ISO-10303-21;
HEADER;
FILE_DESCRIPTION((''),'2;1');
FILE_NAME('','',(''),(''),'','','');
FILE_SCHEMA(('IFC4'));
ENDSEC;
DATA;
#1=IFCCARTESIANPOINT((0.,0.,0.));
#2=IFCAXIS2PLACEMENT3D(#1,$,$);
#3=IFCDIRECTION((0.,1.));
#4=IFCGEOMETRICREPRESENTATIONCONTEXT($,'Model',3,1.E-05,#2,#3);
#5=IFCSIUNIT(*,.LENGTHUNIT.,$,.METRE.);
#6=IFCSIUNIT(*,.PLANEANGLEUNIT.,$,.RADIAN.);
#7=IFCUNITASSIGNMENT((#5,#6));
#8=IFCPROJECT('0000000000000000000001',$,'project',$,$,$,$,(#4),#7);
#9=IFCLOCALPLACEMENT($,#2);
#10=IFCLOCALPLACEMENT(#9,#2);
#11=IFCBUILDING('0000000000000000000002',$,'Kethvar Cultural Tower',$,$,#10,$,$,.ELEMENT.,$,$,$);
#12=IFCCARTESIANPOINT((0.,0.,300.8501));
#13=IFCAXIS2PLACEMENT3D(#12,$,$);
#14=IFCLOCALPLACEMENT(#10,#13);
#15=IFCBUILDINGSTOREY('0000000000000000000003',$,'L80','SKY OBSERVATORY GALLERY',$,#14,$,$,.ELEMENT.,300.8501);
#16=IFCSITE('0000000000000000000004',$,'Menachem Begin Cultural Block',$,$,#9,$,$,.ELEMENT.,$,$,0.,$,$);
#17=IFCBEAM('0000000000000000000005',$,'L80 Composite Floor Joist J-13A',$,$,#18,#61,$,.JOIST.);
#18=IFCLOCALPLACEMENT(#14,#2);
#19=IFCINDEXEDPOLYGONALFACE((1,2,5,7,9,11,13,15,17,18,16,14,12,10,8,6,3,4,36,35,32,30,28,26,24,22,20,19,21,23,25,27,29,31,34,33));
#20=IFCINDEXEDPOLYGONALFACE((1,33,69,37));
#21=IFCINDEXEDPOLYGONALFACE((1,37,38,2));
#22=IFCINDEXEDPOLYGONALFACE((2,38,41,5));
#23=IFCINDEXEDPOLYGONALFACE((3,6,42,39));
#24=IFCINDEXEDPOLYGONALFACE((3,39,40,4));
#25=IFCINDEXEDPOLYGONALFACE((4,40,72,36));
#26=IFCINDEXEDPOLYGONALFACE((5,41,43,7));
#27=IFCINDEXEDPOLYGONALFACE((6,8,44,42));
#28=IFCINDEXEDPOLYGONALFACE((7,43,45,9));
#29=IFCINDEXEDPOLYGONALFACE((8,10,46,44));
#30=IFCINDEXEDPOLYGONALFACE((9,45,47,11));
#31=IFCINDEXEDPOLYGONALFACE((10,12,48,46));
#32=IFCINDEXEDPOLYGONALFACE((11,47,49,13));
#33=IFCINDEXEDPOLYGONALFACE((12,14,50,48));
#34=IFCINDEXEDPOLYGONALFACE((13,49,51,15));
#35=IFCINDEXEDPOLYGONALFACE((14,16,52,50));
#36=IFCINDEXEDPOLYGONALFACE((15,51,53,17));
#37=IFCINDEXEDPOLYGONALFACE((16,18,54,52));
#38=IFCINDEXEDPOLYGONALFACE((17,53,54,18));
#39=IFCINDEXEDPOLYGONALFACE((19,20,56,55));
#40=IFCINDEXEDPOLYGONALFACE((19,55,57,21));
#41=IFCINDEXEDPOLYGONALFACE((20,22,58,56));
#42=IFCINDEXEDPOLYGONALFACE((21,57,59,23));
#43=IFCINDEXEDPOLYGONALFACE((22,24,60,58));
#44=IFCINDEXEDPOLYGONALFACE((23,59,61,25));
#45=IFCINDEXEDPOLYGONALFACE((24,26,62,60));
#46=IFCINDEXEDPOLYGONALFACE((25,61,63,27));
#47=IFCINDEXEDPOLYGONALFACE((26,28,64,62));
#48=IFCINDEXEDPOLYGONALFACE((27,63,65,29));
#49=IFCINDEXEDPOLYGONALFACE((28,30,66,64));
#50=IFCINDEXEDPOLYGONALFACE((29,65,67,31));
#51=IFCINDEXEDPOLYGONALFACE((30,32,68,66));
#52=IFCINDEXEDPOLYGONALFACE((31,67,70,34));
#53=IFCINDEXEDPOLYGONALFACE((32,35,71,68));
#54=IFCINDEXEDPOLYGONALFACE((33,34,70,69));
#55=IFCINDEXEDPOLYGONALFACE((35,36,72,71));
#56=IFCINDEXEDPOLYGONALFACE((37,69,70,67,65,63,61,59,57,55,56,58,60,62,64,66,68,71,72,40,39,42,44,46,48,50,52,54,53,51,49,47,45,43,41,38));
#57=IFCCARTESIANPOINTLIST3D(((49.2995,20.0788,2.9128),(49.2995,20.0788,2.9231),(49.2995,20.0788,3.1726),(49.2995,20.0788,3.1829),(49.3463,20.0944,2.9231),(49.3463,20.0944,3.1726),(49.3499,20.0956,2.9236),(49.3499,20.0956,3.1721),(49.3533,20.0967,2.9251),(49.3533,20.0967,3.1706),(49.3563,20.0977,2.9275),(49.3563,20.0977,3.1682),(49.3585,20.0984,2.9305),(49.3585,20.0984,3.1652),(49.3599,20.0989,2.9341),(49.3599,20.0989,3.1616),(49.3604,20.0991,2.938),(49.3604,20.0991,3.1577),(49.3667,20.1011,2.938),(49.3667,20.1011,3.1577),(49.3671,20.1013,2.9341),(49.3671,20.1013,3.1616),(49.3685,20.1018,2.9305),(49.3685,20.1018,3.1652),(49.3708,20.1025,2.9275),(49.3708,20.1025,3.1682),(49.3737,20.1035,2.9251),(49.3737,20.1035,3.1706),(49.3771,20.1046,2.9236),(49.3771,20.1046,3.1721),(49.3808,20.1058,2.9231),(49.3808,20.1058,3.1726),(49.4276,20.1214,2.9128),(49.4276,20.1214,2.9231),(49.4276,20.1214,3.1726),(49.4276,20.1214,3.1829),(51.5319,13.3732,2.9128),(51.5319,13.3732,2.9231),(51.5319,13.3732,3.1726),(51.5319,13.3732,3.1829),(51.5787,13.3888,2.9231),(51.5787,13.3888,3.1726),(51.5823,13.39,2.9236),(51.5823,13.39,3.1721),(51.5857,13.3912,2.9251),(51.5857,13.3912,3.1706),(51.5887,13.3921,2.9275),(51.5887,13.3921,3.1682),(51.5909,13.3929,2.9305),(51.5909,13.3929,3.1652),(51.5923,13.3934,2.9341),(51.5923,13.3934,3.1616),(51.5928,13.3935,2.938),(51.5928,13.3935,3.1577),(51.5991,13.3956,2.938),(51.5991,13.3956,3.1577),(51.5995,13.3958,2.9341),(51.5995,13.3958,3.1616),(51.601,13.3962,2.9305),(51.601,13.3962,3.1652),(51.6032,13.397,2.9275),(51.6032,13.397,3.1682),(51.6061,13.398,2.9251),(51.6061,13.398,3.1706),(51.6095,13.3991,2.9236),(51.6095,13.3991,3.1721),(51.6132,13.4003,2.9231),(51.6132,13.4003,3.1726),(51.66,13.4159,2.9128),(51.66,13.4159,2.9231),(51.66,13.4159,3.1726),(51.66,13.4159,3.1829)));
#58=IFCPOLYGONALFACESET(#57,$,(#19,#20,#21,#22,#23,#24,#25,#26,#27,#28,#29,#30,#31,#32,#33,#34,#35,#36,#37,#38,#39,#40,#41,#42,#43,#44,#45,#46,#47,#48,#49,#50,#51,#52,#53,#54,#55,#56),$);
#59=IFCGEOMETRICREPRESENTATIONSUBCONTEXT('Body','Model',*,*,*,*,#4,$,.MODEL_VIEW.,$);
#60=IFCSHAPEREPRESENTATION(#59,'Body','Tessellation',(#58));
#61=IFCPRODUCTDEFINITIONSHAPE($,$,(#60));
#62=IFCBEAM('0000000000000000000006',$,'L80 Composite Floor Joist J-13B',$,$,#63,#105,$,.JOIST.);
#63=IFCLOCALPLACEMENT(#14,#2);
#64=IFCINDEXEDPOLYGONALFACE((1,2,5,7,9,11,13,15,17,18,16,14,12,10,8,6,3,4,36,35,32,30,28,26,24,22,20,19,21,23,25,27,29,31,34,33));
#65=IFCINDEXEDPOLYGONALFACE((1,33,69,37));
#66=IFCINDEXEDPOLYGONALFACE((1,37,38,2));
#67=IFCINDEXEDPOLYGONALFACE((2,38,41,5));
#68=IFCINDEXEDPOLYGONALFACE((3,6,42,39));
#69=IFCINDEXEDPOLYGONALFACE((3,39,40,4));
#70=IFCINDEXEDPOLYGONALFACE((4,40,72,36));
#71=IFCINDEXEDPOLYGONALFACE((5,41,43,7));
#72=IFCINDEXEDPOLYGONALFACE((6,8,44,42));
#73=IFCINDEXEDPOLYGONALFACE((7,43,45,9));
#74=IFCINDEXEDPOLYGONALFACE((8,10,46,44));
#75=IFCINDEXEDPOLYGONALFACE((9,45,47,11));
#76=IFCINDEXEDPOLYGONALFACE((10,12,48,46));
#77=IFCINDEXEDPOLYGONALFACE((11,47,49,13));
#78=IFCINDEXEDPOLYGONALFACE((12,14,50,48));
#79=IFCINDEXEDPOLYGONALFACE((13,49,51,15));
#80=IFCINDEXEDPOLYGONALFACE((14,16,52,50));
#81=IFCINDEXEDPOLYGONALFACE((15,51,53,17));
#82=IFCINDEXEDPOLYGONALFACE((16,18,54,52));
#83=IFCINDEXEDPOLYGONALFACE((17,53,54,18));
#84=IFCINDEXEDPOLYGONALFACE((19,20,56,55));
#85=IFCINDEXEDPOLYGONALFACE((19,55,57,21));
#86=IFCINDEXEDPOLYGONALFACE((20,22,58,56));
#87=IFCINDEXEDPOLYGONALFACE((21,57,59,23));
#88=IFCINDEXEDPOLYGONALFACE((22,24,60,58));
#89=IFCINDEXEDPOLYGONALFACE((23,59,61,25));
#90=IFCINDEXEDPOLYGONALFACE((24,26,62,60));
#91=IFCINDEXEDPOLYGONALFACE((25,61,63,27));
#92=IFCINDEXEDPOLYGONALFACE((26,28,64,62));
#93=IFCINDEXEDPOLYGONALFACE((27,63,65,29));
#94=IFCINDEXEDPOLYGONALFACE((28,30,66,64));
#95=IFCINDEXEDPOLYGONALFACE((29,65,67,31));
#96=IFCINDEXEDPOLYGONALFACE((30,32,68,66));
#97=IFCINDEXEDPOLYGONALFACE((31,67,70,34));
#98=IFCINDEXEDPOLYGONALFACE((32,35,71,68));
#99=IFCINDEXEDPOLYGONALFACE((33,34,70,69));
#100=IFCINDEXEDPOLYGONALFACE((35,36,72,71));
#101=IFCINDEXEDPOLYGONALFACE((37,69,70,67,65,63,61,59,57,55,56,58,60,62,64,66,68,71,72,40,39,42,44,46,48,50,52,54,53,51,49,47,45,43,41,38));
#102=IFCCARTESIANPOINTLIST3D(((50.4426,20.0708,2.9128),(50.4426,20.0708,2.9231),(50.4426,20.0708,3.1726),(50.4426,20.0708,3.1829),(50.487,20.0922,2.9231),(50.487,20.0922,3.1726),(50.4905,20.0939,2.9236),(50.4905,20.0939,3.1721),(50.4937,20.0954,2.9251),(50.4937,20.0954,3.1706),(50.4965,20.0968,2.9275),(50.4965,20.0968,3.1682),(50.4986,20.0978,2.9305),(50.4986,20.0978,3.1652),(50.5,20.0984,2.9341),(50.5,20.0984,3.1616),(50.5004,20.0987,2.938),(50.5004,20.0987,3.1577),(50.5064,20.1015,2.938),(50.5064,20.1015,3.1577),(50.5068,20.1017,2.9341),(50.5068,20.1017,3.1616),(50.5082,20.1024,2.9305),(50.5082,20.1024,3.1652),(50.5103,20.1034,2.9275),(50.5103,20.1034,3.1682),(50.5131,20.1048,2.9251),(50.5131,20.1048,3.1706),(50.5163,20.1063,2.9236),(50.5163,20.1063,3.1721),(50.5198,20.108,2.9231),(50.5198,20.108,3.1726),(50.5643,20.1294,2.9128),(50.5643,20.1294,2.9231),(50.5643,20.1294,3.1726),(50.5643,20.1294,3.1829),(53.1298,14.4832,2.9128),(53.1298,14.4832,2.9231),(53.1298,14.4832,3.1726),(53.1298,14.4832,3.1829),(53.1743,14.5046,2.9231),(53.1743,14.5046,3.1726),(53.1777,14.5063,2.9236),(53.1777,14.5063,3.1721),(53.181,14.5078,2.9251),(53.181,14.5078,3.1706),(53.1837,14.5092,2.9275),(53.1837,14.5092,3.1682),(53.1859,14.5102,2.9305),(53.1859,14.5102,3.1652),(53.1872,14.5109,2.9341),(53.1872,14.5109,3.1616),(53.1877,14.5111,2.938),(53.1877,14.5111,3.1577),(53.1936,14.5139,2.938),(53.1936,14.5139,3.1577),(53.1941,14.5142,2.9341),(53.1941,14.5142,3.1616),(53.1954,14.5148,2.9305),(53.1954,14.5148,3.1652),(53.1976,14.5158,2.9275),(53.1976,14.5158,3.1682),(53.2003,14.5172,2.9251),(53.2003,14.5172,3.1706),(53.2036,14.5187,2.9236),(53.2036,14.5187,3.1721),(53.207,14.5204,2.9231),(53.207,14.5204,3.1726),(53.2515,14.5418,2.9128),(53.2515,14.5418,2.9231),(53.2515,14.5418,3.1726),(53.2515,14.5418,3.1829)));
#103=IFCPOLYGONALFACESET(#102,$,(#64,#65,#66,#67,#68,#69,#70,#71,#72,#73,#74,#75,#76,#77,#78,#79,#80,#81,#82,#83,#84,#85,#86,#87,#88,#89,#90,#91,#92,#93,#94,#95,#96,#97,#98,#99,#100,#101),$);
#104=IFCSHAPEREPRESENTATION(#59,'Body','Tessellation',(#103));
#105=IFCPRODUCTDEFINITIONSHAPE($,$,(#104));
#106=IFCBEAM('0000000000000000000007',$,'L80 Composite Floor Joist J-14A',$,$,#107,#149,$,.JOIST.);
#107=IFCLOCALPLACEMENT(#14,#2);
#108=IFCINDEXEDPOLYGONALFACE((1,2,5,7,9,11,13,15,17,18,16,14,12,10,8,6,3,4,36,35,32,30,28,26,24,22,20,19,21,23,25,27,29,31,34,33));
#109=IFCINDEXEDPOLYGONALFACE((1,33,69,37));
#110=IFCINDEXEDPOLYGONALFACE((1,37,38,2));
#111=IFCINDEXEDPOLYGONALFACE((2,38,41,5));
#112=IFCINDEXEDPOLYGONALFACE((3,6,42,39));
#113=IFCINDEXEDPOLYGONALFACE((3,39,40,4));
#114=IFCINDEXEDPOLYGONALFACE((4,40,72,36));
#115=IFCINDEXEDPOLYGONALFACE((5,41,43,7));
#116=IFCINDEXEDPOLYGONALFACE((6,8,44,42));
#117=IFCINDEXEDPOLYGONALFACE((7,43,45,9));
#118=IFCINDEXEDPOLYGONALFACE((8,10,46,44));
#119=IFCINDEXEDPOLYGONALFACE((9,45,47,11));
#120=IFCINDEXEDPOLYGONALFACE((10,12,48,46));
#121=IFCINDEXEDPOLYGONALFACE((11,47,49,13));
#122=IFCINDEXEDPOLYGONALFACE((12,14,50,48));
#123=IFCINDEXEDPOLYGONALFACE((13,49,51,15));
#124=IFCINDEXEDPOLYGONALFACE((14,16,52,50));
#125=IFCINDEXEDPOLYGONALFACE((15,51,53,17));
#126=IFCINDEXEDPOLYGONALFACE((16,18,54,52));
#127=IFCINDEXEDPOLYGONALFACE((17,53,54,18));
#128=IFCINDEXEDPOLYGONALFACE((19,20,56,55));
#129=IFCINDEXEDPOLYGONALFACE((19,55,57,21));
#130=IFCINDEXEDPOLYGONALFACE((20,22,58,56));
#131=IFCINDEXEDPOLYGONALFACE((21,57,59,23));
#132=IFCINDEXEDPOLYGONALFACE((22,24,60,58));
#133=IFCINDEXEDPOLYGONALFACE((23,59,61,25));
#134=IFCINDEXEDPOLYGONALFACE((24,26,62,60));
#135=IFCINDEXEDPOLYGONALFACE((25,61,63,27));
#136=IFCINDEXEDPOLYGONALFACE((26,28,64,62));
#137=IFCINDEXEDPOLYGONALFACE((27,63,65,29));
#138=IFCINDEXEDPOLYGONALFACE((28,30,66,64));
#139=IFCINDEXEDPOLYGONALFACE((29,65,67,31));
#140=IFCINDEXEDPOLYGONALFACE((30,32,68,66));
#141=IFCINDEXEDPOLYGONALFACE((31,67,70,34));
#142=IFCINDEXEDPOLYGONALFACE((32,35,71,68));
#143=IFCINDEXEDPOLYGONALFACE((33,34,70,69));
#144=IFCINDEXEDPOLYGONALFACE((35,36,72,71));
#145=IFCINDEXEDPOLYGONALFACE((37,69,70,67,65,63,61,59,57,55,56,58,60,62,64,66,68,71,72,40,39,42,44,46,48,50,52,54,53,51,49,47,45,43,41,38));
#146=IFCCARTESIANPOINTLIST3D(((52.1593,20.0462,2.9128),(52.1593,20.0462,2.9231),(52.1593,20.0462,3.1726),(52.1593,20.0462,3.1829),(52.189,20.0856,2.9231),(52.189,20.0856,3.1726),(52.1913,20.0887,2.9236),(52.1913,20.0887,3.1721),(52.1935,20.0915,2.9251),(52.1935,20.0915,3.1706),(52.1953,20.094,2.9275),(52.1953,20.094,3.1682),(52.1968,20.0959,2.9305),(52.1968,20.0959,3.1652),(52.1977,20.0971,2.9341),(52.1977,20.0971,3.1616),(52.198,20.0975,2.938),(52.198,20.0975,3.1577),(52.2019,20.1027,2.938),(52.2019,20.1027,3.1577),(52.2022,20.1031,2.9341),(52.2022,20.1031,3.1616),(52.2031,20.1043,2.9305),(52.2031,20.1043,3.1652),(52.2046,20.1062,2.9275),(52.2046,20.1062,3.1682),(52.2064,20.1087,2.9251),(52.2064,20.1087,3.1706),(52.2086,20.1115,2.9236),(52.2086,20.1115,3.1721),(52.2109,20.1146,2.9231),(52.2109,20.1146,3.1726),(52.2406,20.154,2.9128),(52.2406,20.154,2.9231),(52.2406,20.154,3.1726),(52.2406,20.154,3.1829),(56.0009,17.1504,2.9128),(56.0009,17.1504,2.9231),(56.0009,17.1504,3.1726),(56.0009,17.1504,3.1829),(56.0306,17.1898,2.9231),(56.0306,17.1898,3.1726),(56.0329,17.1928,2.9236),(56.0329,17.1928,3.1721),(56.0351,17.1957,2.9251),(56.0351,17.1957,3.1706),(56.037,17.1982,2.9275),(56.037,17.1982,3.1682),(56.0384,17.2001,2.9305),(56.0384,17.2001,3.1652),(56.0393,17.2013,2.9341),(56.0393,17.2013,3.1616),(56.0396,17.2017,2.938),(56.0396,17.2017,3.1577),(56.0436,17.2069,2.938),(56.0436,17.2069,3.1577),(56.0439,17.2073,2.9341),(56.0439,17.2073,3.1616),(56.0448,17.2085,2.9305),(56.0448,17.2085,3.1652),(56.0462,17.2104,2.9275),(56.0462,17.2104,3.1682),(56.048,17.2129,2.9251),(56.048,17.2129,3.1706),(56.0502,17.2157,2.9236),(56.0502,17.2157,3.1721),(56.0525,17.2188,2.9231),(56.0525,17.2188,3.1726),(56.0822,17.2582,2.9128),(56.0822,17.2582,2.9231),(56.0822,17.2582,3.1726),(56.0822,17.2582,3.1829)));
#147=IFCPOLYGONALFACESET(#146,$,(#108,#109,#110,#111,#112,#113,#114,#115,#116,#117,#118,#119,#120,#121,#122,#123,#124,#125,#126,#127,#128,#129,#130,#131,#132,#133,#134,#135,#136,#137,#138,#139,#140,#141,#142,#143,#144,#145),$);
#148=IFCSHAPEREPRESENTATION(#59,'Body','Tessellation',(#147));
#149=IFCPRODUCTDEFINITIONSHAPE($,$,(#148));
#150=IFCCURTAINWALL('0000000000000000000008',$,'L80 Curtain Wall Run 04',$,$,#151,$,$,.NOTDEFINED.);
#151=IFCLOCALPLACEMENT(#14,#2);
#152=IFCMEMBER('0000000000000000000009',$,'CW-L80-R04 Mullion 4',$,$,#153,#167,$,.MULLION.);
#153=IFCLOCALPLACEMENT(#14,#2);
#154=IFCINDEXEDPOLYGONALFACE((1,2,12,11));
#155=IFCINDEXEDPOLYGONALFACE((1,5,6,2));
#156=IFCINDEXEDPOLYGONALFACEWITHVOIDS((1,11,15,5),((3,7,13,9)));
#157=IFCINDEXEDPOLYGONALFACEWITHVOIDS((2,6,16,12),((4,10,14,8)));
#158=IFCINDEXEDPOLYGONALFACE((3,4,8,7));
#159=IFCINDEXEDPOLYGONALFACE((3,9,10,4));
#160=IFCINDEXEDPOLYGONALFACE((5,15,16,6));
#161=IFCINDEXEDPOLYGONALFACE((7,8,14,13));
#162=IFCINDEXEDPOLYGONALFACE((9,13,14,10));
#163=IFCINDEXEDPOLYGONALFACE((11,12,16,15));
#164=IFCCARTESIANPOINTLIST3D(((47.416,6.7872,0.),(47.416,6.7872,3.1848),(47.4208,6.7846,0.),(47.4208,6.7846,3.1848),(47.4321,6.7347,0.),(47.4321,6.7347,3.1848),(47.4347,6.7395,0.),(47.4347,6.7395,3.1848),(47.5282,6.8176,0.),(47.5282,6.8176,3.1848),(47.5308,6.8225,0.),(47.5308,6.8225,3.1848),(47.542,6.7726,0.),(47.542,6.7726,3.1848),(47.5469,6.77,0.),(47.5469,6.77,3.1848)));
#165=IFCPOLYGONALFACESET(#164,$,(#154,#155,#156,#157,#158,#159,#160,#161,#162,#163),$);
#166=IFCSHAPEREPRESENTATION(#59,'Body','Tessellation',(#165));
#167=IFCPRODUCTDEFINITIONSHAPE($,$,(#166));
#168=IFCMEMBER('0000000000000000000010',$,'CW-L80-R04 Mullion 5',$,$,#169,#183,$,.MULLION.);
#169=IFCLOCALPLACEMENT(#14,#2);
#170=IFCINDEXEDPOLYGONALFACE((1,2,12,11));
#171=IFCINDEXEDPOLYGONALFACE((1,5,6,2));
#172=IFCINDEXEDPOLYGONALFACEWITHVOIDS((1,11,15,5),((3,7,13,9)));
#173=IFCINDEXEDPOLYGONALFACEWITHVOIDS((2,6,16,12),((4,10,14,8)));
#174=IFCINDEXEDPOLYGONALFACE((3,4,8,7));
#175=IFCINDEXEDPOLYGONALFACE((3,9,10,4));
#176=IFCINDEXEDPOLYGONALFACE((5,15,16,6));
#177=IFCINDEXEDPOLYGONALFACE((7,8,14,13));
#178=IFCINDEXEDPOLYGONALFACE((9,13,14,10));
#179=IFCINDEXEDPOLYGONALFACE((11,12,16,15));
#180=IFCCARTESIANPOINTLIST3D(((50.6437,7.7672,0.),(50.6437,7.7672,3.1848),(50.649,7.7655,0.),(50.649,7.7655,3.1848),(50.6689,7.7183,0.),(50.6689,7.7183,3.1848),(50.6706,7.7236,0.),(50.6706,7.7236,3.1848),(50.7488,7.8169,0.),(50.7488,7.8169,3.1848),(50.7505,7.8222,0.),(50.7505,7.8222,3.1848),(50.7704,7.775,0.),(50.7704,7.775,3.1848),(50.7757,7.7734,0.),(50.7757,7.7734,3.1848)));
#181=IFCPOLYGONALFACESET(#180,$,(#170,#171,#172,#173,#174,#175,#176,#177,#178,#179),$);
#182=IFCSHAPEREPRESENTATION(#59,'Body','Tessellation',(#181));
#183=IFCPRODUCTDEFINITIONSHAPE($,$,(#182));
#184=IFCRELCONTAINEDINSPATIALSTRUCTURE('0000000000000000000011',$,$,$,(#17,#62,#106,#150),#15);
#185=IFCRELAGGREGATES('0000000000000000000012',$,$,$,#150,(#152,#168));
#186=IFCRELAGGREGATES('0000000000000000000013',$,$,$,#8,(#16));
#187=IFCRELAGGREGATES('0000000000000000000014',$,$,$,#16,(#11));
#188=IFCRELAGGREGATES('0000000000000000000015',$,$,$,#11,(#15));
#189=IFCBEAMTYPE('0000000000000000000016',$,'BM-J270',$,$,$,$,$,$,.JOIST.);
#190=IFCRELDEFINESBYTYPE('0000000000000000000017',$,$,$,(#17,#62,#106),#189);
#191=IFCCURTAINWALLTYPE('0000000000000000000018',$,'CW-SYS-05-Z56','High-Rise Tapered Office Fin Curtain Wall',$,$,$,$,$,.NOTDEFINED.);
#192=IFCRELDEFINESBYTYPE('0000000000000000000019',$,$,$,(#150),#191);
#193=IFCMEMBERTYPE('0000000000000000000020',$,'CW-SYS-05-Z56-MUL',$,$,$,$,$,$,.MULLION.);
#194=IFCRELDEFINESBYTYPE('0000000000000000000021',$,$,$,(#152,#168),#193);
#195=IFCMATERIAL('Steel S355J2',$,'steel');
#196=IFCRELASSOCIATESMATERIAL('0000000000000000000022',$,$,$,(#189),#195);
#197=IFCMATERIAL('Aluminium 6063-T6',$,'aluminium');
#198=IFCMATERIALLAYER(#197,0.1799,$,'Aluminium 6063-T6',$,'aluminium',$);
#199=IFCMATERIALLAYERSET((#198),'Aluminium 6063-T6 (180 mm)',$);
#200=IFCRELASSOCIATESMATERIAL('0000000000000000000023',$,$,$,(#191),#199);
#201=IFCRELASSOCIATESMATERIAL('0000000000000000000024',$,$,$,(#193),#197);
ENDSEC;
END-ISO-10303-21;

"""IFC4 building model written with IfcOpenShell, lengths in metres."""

from ifc_helpers import new_model, si_unit, direction, frame, origin, origin_2d, place, context, subcontext, project, spatial, hollow_rectangle, i_section, extrude, source, transform, mapped, material, layer, layer_set, material_profile, profile_set, type_object, element, aggregate, save


model = new_model("IFC4")

# Units and contexts
model_context = context("Model", 3, precision=1e-05, world=origin(), true_north=direction((0.0, 1.0)))
body_context = subcontext(model_context, "Body", "Model", "MODEL_VIEW")
ifc_project = project(units=[si_unit("LENGTHUNIT", "METRE"), si_unit("PLANEANGLEUNIT", "RADIAN")], contexts=[model_context])

# Site, building, storey
site_placement = place(None, origin())
site = spatial("IfcSite", under=ifc_project, at=site_placement, Name="Menachem Begin Cultural Block", CompositionType="ELEMENT", RefElevation=0.0)
building_placement = place(site_placement, origin())
building = spatial("IfcBuilding", under=site, at=building_placement, Name="Kethvar Cultural Tower", CompositionType="ELEMENT")
storey_placement = place(building_placement, frame((0.0, 0.0, 300.8501)))
storey = spatial("IfcBuildingStorey", under=building, at=storey_placement, Name="L80", Description="SKY OBSERVATORY GALLERY", CompositionType="ELEMENT", Elevation=300.8501)

# Shared definitions
ifc_material_1 = material(Name="Steel S355J2", Category="steel")

# Beams
ifc_material_profile_1 = material_profile(ifc_material_1, i_section(OverallWidth=0.135, OverallDepth=0.27, WebThickness=0.0066, FlangeThickness=0.0103, FilletRadius=0.0149, at=origin_2d()), Name="Steel S355J2 — IPE270")
ifc_profile_set_1 = profile_set([ifc_material_profile_1], Name="Steel S355J2 — IPE270")
beam_type_1 = type_object("IfcBeamType", Name="BM-J270", PredefinedType="JOIST", material=ifc_profile_set_1)
shared_shape_1 = source(origin(), body_context, "Body", "SweptSolid", [
    extrude(i_section(OverallWidth=0.135, OverallDepth=0.27, WebThickness=0.0066, FlangeThickness=0.0103, FilletRadius=0.0149, at=origin_2d()), origin(), (0.0, 0.0, 1.0), 7.0674),
])
beam_1_placement = place(storey_placement, frame((49.3635, 20.1001, 3.0479), z_axis=(0.315875, -0.948801, 0.0), x_axis=(0.948801, 0.315875, 0.0)))
element("IfcBeam", 1, at=beam_1_placement, inside=storey, type_object=beam_type_1, Name="L80 Composite Floor Joist J-13A", PredefinedType="JOIST", context=body_context, shape_type="MappedRepresentation", body=[
    mapped(shared_shape_1, transform((0.0, 0.0, 0.0), scale=1.0)),
])
shared_shape_2 = source(origin(), body_context, "Body", "SweptSolid", [
    extrude(i_section(OverallWidth=0.135, OverallDepth=0.27, WebThickness=0.0066, FlangeThickness=0.0103, FilletRadius=0.0149, at=origin_2d()), origin(), (0.0, 0.0, 1.0), 6.2002),
])
beam_2_placement = place(storey_placement, frame((50.5034, 20.1001, 3.0479), z_axis=(0.433411, -0.901197, 0.0), x_axis=(0.901197, 0.433411, 0.0)))
element("IfcBeam", 2, at=beam_2_placement, inside=storey, type_object=beam_type_1, Name="L80 Composite Floor Joist J-13B", PredefinedType="JOIST", context=body_context, shape_type="MappedRepresentation", body=[
    mapped(shared_shape_2, transform((0.0, 0.0, 0.0), scale=1.0)),
])
shared_shape_3 = source(origin(), body_context, "Body", "SweptSolid", [
    extrude(i_section(OverallWidth=0.135, OverallDepth=0.27, WebThickness=0.0066, FlangeThickness=0.0103, FilletRadius=0.0149, at=origin_2d()), origin(), (0.0, 0.0, 1.0), 4.8108),
])
beam_3_placement = place(storey_placement, frame((52.2, 20.1001, 3.0479), z_axis=(0.798542, -0.601939, 0.0), x_axis=(0.601939, 0.798542, 0.0)))
element("IfcBeam", 3, at=beam_3_placement, inside=storey, type_object=beam_type_1, Name="L80 Composite Floor Joist J-14A", PredefinedType="JOIST", context=body_context, shape_type="MappedRepresentation", body=[
    mapped(shared_shape_3, transform((0.0, 0.0, 0.0), scale=1.0)),
])

# Curtain wall, members
ifc_material_2 = material(Name="Aluminium 6063-T6", Category="aluminium")
ifc_layer_1 = layer(ifc_material_2, 0.1799, Name="Aluminium 6063-T6", Category="aluminium")
ifc_layer_set_1 = layer_set([ifc_layer_1], Name="Aluminium 6063-T6 (180 mm)")
curtain_wall_type = type_object("IfcCurtainWallType", Name="CW-SYS-05-Z56", Description="High-Rise Tapered Office Fin Curtain Wall", PredefinedType="NOTDEFINED", material=ifc_layer_set_1)
curtain_wall_placement = place(storey_placement, origin())
curtain_wall = element("IfcCurtainWall", 4, at=curtain_wall_placement, inside=storey, type_object=curtain_wall_type, Name="L80 Curtain Wall Run 04", PredefinedType="NOTDEFINED")
ifc_material_profile_2 = material_profile(ifc_material_2, hollow_rectangle(XDim=0.0549, YDim=0.1201, WallThickness=0.0039, at=origin_2d()), Name="Aluminium 6063-T6 — RHS120x55x4")
ifc_profile_set_2 = profile_set([ifc_material_profile_2], Name="Aluminium 6063-T6 — RHS120x55x4")
member_type_1 = type_object("IfcMemberType", Name="CW-SYS-05-Z56-MUL", PredefinedType="MULLION", material=ifc_profile_set_2)
shared_shape_4 = source(origin(), body_context, "Body", "SweptSolid", [
    extrude(hollow_rectangle(XDim=0.0549, YDim=0.1201, WallThickness=0.0039, at=origin_2d()), origin(), (0.0, 0.0, 1.0), 3.1848),
])
member_1_placement = place(storey_placement, frame((47.4814, 6.7786, 0.0), z_axis=(0.0, 0.0, 1.0), x_axis=(-0.294074, 0.955783, 0.0)))
member_1 = element("IfcMember", 5, at=member_1_placement, type_object=member_type_1, Name="CW-L80-R04 Mullion 4", PredefinedType="MULLION", context=body_context, shape_type="MappedRepresentation", body=[
    mapped(shared_shape_4, transform((0.0, 0.0, 0.0), scale=1.0)),
])
member_2_placement = place(storey_placement, frame((50.7097, 7.7703, 0.0), z_axis=(0.0, 0.0, 1.0), x_axis=(-0.457951, 0.888977, 0.0)))
member_2 = element("IfcMember", 6, at=member_2_placement, type_object=member_type_1, Name="CW-L80-R04 Mullion 5", PredefinedType="MULLION", context=body_context, shape_type="MappedRepresentation", body=[
    mapped(shared_shape_4, transform((0.0, 0.0, 0.0), scale=1.0)),
])
aggregate(curtain_wall, [member_1, member_2])

save(model, "model.ifc")
